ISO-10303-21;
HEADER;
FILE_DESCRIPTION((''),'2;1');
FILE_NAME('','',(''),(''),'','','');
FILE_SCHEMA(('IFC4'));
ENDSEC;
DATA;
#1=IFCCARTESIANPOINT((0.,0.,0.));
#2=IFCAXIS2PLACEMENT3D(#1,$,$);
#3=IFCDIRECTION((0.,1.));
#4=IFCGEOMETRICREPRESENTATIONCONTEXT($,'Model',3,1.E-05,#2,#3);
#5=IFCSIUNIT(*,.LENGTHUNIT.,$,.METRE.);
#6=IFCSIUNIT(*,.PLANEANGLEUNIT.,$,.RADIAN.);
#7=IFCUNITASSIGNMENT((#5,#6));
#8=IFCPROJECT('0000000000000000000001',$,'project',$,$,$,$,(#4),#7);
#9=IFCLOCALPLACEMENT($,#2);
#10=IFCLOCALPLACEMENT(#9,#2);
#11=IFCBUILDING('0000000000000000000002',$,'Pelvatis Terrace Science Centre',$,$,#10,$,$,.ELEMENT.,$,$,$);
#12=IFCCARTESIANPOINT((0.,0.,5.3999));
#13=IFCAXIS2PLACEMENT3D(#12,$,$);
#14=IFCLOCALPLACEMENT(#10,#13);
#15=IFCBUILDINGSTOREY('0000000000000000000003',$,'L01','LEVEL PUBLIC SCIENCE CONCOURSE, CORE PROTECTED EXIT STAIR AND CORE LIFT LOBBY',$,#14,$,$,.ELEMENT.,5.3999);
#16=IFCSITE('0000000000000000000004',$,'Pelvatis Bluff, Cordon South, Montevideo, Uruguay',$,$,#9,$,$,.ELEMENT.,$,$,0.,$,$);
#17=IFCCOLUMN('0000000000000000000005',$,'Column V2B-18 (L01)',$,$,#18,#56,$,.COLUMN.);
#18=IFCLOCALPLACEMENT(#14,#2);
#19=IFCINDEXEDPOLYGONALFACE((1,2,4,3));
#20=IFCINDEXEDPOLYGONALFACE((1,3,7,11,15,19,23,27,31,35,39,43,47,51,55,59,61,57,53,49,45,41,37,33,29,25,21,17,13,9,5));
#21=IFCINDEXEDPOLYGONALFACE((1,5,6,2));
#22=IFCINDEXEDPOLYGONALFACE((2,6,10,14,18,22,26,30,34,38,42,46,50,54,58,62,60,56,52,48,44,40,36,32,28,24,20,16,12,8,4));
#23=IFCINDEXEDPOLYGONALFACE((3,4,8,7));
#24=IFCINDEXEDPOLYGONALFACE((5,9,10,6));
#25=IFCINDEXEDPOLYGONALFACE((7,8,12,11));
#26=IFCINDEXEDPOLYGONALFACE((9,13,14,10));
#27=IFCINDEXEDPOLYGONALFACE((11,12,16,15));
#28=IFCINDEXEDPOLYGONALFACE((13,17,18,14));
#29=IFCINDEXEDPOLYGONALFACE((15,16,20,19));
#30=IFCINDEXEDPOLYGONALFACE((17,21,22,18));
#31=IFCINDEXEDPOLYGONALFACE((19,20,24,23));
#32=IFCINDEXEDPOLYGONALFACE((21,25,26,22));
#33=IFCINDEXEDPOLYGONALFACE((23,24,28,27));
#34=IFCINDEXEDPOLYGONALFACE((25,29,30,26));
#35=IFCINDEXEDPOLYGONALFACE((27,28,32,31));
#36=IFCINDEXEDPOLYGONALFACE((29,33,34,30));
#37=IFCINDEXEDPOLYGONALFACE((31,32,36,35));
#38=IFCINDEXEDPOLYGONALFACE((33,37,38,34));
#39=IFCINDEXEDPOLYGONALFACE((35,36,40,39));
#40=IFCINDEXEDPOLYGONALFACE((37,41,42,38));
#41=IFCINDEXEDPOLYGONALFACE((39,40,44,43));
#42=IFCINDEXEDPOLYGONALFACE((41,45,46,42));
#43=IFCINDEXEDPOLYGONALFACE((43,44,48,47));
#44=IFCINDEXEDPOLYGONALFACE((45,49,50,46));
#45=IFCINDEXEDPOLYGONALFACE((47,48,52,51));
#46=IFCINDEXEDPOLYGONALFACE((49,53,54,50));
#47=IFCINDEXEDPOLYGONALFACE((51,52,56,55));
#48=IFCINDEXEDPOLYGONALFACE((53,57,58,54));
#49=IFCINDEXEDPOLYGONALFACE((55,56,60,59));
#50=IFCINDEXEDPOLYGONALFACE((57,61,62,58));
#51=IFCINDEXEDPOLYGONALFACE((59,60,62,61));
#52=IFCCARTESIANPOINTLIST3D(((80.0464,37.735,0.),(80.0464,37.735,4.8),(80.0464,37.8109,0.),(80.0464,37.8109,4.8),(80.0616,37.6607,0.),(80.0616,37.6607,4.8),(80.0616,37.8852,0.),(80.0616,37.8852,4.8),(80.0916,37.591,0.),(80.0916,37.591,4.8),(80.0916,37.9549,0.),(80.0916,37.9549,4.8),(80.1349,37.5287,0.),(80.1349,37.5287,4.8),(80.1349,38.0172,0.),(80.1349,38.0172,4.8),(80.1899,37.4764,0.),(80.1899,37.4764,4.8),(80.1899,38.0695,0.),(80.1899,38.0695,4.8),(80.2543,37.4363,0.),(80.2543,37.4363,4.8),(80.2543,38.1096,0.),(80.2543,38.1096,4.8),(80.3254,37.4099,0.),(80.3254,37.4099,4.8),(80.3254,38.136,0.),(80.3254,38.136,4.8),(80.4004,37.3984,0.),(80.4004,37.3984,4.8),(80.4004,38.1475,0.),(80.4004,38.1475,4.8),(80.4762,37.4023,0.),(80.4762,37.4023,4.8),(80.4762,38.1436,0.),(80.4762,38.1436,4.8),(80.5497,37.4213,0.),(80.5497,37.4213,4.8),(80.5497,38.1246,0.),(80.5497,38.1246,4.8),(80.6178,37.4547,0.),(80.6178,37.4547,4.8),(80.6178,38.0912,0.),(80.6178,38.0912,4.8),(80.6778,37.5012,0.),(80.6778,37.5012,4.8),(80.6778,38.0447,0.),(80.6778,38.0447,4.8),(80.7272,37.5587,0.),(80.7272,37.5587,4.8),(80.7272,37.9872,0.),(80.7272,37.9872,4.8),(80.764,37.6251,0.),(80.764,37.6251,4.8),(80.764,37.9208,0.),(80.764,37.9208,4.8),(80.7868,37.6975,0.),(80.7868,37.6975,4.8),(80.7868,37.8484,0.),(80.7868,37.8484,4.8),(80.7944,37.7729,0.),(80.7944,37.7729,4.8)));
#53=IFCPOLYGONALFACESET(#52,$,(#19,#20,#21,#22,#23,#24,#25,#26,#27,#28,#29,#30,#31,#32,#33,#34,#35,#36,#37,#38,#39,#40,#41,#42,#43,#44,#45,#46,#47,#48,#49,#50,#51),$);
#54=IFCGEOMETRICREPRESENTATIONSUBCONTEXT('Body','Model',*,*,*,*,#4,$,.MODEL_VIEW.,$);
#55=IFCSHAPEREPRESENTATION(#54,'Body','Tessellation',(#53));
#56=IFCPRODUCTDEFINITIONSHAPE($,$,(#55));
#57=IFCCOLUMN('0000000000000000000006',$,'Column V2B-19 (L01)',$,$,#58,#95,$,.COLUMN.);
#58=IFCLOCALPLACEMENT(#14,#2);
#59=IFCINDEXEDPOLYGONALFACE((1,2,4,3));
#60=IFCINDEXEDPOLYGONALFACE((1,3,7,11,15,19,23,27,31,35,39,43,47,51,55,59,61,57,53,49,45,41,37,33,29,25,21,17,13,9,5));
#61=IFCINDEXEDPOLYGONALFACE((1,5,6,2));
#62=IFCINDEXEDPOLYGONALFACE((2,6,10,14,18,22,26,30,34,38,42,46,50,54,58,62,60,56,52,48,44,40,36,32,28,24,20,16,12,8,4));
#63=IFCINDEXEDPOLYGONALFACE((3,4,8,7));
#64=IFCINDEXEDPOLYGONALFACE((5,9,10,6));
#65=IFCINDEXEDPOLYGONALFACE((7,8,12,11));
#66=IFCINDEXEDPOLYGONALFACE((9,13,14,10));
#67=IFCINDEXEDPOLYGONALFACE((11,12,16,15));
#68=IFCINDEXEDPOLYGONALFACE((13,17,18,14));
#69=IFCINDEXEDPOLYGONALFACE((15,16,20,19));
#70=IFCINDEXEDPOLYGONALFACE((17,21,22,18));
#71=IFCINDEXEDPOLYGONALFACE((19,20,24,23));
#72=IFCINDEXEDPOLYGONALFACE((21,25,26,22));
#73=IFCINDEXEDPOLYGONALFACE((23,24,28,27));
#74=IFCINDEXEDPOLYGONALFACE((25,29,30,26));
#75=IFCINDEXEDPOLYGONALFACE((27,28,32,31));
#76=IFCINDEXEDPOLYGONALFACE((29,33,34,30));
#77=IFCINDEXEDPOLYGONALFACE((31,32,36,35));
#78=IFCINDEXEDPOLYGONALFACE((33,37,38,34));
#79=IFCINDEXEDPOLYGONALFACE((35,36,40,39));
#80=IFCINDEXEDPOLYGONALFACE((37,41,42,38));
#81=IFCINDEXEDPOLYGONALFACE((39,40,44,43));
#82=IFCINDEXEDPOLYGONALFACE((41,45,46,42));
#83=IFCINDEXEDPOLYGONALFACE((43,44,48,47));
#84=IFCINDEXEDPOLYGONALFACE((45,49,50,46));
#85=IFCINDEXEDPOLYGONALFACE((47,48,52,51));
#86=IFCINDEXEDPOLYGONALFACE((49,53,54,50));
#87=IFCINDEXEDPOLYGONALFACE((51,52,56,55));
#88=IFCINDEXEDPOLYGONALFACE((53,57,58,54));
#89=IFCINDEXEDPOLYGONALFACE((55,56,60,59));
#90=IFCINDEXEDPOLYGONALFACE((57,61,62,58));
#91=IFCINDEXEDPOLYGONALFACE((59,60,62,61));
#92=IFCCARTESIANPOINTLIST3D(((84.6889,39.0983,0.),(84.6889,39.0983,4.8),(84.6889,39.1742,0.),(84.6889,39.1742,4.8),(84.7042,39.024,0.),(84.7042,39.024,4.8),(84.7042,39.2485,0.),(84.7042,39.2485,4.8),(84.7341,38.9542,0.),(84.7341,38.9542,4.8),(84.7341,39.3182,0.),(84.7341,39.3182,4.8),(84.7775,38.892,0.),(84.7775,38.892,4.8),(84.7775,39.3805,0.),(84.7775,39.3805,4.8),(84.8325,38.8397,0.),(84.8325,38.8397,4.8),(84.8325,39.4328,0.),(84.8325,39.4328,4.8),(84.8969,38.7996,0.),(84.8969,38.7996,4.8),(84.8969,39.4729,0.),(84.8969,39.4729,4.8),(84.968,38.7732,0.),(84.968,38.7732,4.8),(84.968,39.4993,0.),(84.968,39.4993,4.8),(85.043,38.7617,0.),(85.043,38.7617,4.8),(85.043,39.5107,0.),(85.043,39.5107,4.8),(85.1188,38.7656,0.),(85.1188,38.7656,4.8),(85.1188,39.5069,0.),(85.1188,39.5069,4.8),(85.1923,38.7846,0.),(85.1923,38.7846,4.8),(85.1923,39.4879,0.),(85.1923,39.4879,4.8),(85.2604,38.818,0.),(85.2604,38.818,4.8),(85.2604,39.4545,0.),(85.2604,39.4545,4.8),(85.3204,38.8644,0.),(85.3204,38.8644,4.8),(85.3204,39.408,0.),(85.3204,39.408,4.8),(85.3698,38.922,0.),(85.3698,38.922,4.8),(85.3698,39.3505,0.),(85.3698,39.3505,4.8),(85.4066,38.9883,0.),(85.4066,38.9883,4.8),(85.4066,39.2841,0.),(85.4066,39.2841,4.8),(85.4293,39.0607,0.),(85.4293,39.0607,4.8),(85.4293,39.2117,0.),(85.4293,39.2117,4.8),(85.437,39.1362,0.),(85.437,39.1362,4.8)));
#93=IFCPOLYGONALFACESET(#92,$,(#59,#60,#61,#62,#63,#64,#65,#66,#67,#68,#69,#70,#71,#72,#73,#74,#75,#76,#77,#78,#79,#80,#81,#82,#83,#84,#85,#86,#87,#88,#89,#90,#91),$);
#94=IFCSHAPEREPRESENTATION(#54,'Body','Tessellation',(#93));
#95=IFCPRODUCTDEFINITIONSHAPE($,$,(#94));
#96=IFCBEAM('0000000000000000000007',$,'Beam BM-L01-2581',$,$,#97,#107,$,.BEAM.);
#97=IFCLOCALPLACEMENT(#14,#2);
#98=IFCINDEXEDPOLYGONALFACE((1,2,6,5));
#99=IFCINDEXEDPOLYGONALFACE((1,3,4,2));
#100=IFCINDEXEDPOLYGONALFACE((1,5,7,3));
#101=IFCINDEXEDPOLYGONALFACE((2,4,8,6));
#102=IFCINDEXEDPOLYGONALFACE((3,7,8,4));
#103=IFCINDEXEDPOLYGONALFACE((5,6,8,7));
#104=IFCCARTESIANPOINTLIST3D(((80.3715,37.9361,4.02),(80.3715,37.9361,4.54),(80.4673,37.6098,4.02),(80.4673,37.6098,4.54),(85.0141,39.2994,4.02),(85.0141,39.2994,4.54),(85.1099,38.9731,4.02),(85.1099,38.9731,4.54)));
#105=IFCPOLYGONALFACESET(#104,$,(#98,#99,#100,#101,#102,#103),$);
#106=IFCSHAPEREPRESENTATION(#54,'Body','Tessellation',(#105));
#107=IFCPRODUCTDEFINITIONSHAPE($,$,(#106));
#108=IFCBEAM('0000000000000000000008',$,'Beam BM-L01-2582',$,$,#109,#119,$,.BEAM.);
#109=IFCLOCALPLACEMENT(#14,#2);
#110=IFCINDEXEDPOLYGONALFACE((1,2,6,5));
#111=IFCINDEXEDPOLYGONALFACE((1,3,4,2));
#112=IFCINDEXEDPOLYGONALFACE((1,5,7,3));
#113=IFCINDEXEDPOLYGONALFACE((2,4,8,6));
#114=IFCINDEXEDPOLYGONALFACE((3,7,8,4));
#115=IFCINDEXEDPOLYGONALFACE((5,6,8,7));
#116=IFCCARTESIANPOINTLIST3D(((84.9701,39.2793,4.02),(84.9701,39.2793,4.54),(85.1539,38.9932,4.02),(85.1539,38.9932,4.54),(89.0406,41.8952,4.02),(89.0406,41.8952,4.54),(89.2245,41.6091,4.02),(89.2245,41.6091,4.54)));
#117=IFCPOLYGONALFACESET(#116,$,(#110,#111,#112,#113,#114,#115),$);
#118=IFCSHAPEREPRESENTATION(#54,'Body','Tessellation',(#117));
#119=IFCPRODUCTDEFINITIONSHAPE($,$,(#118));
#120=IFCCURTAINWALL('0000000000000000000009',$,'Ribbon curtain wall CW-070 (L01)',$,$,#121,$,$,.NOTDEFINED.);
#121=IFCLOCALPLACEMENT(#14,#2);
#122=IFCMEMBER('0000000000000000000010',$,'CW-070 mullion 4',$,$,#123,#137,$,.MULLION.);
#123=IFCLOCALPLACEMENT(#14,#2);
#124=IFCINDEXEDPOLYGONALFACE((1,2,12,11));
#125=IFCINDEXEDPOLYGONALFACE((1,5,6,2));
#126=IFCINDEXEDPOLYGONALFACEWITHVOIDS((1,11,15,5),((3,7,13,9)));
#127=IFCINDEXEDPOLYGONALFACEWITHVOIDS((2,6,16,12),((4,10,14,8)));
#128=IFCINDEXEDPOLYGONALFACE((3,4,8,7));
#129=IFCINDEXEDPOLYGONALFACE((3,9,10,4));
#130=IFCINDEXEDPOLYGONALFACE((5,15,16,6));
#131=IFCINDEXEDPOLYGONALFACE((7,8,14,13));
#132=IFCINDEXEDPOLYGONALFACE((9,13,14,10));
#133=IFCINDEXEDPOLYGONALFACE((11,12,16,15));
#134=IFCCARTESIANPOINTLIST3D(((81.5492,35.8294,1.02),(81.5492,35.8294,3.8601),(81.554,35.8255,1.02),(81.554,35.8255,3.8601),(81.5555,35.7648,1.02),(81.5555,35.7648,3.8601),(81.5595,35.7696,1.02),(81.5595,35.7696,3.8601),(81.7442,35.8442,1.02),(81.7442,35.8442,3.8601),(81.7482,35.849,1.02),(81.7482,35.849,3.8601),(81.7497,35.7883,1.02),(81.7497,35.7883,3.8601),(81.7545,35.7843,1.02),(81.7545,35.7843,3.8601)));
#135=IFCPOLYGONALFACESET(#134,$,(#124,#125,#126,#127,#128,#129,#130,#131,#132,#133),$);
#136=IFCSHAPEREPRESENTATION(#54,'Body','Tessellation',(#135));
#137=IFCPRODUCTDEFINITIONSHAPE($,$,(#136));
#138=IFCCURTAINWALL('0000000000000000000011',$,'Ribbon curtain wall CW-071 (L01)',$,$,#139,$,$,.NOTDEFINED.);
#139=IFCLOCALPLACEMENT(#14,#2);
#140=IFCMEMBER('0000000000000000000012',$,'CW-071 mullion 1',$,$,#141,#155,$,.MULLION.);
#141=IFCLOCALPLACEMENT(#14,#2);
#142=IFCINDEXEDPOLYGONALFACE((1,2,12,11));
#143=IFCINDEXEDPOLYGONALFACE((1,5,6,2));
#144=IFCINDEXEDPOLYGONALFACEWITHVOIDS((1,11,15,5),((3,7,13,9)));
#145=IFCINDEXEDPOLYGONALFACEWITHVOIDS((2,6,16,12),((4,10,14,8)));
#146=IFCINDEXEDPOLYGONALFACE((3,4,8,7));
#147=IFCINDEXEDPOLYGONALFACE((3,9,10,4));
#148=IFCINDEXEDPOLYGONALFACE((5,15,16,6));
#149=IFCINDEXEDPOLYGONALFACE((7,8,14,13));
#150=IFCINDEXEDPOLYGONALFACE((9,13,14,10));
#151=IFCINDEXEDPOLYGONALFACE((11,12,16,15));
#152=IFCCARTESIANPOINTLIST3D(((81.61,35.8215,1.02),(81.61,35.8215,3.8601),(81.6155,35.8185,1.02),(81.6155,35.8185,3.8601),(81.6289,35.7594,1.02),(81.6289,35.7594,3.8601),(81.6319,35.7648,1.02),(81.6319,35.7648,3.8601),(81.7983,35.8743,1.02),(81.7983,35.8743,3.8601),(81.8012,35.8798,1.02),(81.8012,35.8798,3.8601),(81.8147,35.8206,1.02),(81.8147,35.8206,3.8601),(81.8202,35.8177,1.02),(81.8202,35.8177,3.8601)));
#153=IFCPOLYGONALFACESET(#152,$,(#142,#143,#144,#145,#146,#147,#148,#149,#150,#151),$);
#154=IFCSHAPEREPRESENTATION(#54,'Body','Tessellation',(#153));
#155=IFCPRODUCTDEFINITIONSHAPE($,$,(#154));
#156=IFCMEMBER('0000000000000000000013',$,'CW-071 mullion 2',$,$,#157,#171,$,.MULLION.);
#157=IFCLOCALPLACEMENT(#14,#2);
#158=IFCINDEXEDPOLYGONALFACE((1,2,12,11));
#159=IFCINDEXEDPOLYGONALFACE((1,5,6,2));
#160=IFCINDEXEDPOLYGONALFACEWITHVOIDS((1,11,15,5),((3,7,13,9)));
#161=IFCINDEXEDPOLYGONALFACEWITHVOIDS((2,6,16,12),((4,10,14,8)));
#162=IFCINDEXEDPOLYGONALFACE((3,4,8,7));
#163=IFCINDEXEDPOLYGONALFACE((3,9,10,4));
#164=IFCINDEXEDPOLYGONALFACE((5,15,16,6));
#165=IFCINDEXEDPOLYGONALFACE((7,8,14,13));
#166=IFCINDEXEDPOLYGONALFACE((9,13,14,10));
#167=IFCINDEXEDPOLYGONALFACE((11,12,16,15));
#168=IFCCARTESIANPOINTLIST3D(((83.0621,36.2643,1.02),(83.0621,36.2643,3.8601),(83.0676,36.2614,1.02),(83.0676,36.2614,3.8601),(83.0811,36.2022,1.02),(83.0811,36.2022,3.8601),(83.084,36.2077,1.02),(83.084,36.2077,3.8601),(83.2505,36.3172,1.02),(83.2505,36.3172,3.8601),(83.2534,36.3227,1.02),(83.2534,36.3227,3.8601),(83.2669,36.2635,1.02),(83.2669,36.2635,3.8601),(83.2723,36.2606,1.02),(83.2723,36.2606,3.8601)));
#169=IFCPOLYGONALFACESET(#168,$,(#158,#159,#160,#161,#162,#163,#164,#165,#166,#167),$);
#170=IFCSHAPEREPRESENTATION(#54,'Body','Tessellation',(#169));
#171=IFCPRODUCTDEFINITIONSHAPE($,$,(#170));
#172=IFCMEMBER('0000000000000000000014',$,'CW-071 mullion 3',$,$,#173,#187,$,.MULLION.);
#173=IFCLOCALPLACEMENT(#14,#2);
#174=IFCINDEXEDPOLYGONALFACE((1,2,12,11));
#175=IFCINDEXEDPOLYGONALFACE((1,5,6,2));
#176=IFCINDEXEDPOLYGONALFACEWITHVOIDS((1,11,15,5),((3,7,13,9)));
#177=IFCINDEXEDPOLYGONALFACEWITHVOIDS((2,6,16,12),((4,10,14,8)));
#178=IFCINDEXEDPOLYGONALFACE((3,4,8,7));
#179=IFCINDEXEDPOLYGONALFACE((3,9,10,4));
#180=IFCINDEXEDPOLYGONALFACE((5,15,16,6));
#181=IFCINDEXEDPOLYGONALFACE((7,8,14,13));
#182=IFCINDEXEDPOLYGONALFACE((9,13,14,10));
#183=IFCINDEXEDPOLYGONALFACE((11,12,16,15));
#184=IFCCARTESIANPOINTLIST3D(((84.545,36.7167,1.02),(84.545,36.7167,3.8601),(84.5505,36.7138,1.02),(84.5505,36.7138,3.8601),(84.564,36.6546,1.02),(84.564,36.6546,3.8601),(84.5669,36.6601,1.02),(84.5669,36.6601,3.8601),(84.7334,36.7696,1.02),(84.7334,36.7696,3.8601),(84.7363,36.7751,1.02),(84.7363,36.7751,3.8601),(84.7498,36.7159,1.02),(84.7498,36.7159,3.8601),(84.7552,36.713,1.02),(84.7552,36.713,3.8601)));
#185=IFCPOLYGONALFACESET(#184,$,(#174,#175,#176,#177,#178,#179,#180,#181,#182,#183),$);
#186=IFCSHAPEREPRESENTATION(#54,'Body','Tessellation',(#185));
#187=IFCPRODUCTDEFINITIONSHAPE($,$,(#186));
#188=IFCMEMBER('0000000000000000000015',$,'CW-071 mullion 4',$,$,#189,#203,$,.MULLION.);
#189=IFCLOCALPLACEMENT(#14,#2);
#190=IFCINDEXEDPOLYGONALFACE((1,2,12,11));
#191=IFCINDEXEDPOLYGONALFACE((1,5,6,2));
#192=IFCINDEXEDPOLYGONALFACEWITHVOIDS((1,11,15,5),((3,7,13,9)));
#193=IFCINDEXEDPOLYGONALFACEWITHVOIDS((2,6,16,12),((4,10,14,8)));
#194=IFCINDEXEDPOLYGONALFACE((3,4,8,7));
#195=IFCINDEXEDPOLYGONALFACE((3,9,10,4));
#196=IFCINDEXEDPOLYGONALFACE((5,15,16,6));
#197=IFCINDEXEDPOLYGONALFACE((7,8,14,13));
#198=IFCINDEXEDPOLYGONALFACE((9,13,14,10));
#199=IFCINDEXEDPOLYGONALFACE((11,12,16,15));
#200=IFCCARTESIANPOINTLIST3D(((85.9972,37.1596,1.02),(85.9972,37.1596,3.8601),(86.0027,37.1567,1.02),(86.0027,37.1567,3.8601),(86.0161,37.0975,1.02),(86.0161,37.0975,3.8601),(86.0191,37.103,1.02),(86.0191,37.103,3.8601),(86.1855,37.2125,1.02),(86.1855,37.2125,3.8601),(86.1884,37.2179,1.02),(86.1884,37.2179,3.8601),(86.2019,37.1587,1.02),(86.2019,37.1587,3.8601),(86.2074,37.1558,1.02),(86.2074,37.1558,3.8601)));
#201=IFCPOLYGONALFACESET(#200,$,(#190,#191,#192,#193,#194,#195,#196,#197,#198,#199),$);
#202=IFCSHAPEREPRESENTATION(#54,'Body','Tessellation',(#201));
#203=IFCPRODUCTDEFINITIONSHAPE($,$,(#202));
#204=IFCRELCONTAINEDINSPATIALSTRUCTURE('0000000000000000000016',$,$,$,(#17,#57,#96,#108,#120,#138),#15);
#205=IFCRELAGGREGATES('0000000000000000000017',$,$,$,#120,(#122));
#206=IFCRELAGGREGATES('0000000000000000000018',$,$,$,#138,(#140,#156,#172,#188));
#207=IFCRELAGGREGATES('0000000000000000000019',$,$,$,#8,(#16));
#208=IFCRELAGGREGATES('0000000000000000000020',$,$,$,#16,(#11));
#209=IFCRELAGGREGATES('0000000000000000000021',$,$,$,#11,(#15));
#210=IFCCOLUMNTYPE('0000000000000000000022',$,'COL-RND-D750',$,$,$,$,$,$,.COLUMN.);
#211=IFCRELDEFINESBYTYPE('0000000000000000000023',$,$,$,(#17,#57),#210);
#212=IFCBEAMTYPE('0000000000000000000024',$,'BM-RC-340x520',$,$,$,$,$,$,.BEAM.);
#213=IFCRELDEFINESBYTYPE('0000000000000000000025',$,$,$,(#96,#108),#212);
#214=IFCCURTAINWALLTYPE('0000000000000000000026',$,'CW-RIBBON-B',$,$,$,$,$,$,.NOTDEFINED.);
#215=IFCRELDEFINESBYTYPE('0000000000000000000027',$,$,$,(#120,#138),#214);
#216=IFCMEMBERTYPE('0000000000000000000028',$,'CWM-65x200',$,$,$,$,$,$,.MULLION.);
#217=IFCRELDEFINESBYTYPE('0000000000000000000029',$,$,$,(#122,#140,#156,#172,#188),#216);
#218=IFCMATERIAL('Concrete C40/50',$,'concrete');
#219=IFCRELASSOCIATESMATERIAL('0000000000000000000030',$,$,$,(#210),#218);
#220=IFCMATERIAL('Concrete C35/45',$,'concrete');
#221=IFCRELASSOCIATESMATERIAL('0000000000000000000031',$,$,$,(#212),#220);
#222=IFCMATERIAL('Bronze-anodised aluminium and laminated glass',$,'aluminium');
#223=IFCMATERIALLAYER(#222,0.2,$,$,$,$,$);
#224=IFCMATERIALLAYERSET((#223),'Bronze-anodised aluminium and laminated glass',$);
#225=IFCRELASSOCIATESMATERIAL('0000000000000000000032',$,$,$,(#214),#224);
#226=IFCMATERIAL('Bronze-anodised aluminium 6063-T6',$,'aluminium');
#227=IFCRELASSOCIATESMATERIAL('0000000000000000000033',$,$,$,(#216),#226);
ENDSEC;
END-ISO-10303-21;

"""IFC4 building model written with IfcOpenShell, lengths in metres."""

from ifc_helpers import new_model, si_unit, direction, frame, origin, origin_2d, place, context, subcontext, project, spatial, rectangle, hollow_rectangle, circle, extrude, material, layer, layer_set, material_profile, profile_set, type_object, element, aggregate, save


model = new_model("IFC4")

# Units and contexts
model_context = context("Model", 3, precision=1e-05, world=origin(), true_north=direction((0.0, 1.0)))
body_context = subcontext(model_context, "Body", "Model", "MODEL_VIEW")
ifc_project = project(units=[si_unit("LENGTHUNIT", "METRE"), si_unit("PLANEANGLEUNIT", "RADIAN")], contexts=[model_context])

# Site, building, storey
site_placement = place(None, origin())
site = spatial("IfcSite", under=ifc_project, at=site_placement, Name="Pelvatis Bluff, Cordon South, Montevideo, Uruguay", CompositionType="ELEMENT", RefElevation=0.0)
building_placement = place(site_placement, origin())
building = spatial("IfcBuilding", under=site, at=building_placement, Name="Pelvatis Terrace Science Centre", CompositionType="ELEMENT")
storey_placement = place(building_placement, frame((0.0, 0.0, 5.3999)))
storey = spatial("IfcBuildingStorey", under=building, at=storey_placement, Name="L01", Description="LEVEL PUBLIC SCIENCE CONCOURSE, CORE PROTECTED EXIT STAIR AND CORE LIFT LOBBY", CompositionType="ELEMENT", Elevation=5.3999)

# Columns
ifc_material_1 = material(Name="Concrete C40/50", Category="concrete")
ifc_material_profile_1 = material_profile(ifc_material_1, circle(Radius=0.375, at=origin_2d()), Name="RC-RCOL D750")
ifc_profile_set_1 = profile_set([ifc_material_profile_1], Name="Concrete C40/50")
column_type = type_object("IfcColumnType", Name="COL-RND-D750", PredefinedType="COLUMN", material=ifc_profile_set_1)
for number, where, z_axis, x_axis, name in (
    (1, (80.4194, 37.7729, 0.0), (0.0, 0.0, 1.0), (1.0, 0.0, 0.0), "Column V2B-18 (L01)"),
    (2, (85.062, 39.1362, 0.0), (0.0, 0.0, 1.0), (1.0, 0.0, 0.0), "Column V2B-19 (L01)"),
):
    element("IfcColumn", number, at=place(storey_placement, frame(where, z_axis=z_axis, x_axis=x_axis)), inside=storey, type_object=column_type, Name=name, PredefinedType="COLUMN", context=body_context, shape_type="SweptSolid", body=[
        extrude(circle(Radius=0.375, at=origin_2d()), origin(), (0.0, 0.0, 1.0), 4.8),
    ])

# Beams
ifc_material_2 = material(Name="Concrete C35/45", Category="concrete")
ifc_material_profile_2 = material_profile(ifc_material_2, rectangle(XDim=0.3401, YDim=0.52, at=origin_2d()), Name="RC-BM 340x520")
ifc_profile_set_2 = profile_set([ifc_material_profile_2], Name="Concrete C35/45")
beam_type = type_object("IfcBeamType", Name="BM-RC-340x520", PredefinedType="BEAM", material=ifc_profile_set_2)
for number, where, z_axis, x_axis, name in (
    (3, (80.4194, 37.7729, 4.28), (0.959488, 0.281751, 0.0), (-0.281751, 0.959488, 0.0), "Beam BM-L01-2581"),
    (4, (85.062, 39.1362, 4.28), (0.841256, 0.540638, 0.0), (-0.540638, 0.841256, 0.0), "Beam BM-L01-2582"),
):
    element("IfcBeam", number, at=place(storey_placement, frame(where, z_axis=z_axis, x_axis=x_axis)), inside=storey, type_object=beam_type, Name=name, PredefinedType="BEAM", context=body_context, shape_type="SweptSolid", body=[
        extrude(rectangle(XDim=0.3401, YDim=0.52, at=origin_2d()), origin(), (0.0, 0.0, 1.0), 4.8386),
    ])

# Curtain wall, member
ifc_material_3 = material(Name="Bronze-anodised aluminium and laminated glass", Category="aluminium")
ifc_layer_1 = layer(ifc_material_3, 0.2)
ifc_layer_set_1 = layer_set([ifc_layer_1], Name="Bronze-anodised aluminium and laminated glass")
curtain_wall_type = type_object("IfcCurtainWallType", Name="CW-RIBBON-B", PredefinedType="NOTDEFINED", material=ifc_layer_set_1)
curtain_wall_1_placement = place(storey_placement, origin())
curtain_wall_1 = element("IfcCurtainWall", 5, at=curtain_wall_1_placement, inside=storey, type_object=curtain_wall_type, Name="Ribbon curtain wall CW-070 (L01)", PredefinedType="NOTDEFINED")
ifc_material_4 = material(Name="Bronze-anodised aluminium 6063-T6", Category="aluminium")
ifc_material_profile_3 = material_profile(ifc_material_4, hollow_rectangle(XDim=0.0649, YDim=0.2, WallThickness=0.0044, at=origin_2d()), Name="ALU-MUL 65x200")
ifc_profile_set_3 = profile_set([ifc_material_profile_3], Name="Bronze-anodised aluminium 6063-T6")
member_type_1 = type_object("IfcMemberType", Name="CWM-65x200", PredefinedType="MULLION", material=ifc_profile_set_3)
member_1_placement = place(storey_placement, frame((81.6519, 35.8069, 1.02), z_axis=(0.0, 0.0, 1.0), x_axis=(-0.097755, 0.99521, 0.0)))
member_1 = element("IfcMember", 6, at=member_1_placement, type_object=member_type_1, Name="CW-070 mullion 4", PredefinedType="MULLION", context=body_context, shape_type="SweptSolid", body=[
    extrude(hollow_rectangle(XDim=0.0649, YDim=0.2, WallThickness=0.0044, at=origin_2d()), origin(), (0.0, 0.0, 1.0), 2.8401),
])

# Curtain wall, members
curtain_wall_2_placement = place(storey_placement, origin())
curtain_wall_2 = element("IfcCurtainWall", 7, at=curtain_wall_2_placement, inside=storey, type_object=curtain_wall_type, Name="Ribbon curtain wall CW-071 (L01)", PredefinedType="NOTDEFINED")
member_2_placement = place(storey_placement, frame((81.7151, 35.8196, 1.02), z_axis=(0.0, 0.0, 1.0), x_axis=(-0.291751, 0.956494, 0.0)))
member_2 = element("IfcMember", 8, at=member_2_placement, type_object=member_type_1, Name="CW-071 mullion 1", PredefinedType="MULLION", context=body_context, shape_type="SweptSolid", body=[
    extrude(hollow_rectangle(XDim=0.0649, YDim=0.2, WallThickness=0.0044, at=origin_2d()), origin(), (0.0, 0.0, 1.0), 2.8401),
])
member_3_placement = place(storey_placement, frame((83.1672, 36.2625, 1.02), z_axis=(0.0, 0.0, 1.0), x_axis=(-0.291751, 0.956494, 0.0)))
member_3 = element("IfcMember", 9, at=member_3_placement, type_object=member_type_1, Name="CW-071 mullion 2", PredefinedType="MULLION", context=body_context, shape_type="SweptSolid", body=[
    extrude(hollow_rectangle(XDim=0.0649, YDim=0.2, WallThickness=0.0044, at=origin_2d()), origin(), (0.0, 0.0, 1.0), 2.8401),
])
member_4_placement = place(storey_placement, frame((84.6501, 36.7148, 1.02), z_axis=(0.0, 0.0, 1.0), x_axis=(-0.291751, 0.956494, 0.0)))
member_4 = element("IfcMember", 10, at=member_4_placement, type_object=member_type_1, Name="CW-071 mullion 3", PredefinedType="MULLION", context=body_context, shape_type="SweptSolid", body=[
    extrude(hollow_rectangle(XDim=0.0649, YDim=0.2, WallThickness=0.0044, at=origin_2d()), origin(), (0.0, 0.0, 1.0), 2.8401),
])
member_5_placement = place(storey_placement, frame((86.1023, 37.1577, 1.02), z_axis=(0.0, 0.0, 1.0), x_axis=(-0.291751, 0.956494, 0.0)))
member_5 = element("IfcMember", 11, at=member_5_placement, type_object=member_type_1, Name="CW-071 mullion 4", PredefinedType="MULLION", context=body_context, shape_type="SweptSolid", body=[
    extrude(hollow_rectangle(XDim=0.0649, YDim=0.2, WallThickness=0.0044, at=origin_2d()), origin(), (0.0, 0.0, 1.0), 2.8401),
])

aggregate(curtain_wall_1, [member_1])
aggregate(curtain_wall_2, [member_2, member_3, member_4, member_5])

save(model, "model.ifc")
